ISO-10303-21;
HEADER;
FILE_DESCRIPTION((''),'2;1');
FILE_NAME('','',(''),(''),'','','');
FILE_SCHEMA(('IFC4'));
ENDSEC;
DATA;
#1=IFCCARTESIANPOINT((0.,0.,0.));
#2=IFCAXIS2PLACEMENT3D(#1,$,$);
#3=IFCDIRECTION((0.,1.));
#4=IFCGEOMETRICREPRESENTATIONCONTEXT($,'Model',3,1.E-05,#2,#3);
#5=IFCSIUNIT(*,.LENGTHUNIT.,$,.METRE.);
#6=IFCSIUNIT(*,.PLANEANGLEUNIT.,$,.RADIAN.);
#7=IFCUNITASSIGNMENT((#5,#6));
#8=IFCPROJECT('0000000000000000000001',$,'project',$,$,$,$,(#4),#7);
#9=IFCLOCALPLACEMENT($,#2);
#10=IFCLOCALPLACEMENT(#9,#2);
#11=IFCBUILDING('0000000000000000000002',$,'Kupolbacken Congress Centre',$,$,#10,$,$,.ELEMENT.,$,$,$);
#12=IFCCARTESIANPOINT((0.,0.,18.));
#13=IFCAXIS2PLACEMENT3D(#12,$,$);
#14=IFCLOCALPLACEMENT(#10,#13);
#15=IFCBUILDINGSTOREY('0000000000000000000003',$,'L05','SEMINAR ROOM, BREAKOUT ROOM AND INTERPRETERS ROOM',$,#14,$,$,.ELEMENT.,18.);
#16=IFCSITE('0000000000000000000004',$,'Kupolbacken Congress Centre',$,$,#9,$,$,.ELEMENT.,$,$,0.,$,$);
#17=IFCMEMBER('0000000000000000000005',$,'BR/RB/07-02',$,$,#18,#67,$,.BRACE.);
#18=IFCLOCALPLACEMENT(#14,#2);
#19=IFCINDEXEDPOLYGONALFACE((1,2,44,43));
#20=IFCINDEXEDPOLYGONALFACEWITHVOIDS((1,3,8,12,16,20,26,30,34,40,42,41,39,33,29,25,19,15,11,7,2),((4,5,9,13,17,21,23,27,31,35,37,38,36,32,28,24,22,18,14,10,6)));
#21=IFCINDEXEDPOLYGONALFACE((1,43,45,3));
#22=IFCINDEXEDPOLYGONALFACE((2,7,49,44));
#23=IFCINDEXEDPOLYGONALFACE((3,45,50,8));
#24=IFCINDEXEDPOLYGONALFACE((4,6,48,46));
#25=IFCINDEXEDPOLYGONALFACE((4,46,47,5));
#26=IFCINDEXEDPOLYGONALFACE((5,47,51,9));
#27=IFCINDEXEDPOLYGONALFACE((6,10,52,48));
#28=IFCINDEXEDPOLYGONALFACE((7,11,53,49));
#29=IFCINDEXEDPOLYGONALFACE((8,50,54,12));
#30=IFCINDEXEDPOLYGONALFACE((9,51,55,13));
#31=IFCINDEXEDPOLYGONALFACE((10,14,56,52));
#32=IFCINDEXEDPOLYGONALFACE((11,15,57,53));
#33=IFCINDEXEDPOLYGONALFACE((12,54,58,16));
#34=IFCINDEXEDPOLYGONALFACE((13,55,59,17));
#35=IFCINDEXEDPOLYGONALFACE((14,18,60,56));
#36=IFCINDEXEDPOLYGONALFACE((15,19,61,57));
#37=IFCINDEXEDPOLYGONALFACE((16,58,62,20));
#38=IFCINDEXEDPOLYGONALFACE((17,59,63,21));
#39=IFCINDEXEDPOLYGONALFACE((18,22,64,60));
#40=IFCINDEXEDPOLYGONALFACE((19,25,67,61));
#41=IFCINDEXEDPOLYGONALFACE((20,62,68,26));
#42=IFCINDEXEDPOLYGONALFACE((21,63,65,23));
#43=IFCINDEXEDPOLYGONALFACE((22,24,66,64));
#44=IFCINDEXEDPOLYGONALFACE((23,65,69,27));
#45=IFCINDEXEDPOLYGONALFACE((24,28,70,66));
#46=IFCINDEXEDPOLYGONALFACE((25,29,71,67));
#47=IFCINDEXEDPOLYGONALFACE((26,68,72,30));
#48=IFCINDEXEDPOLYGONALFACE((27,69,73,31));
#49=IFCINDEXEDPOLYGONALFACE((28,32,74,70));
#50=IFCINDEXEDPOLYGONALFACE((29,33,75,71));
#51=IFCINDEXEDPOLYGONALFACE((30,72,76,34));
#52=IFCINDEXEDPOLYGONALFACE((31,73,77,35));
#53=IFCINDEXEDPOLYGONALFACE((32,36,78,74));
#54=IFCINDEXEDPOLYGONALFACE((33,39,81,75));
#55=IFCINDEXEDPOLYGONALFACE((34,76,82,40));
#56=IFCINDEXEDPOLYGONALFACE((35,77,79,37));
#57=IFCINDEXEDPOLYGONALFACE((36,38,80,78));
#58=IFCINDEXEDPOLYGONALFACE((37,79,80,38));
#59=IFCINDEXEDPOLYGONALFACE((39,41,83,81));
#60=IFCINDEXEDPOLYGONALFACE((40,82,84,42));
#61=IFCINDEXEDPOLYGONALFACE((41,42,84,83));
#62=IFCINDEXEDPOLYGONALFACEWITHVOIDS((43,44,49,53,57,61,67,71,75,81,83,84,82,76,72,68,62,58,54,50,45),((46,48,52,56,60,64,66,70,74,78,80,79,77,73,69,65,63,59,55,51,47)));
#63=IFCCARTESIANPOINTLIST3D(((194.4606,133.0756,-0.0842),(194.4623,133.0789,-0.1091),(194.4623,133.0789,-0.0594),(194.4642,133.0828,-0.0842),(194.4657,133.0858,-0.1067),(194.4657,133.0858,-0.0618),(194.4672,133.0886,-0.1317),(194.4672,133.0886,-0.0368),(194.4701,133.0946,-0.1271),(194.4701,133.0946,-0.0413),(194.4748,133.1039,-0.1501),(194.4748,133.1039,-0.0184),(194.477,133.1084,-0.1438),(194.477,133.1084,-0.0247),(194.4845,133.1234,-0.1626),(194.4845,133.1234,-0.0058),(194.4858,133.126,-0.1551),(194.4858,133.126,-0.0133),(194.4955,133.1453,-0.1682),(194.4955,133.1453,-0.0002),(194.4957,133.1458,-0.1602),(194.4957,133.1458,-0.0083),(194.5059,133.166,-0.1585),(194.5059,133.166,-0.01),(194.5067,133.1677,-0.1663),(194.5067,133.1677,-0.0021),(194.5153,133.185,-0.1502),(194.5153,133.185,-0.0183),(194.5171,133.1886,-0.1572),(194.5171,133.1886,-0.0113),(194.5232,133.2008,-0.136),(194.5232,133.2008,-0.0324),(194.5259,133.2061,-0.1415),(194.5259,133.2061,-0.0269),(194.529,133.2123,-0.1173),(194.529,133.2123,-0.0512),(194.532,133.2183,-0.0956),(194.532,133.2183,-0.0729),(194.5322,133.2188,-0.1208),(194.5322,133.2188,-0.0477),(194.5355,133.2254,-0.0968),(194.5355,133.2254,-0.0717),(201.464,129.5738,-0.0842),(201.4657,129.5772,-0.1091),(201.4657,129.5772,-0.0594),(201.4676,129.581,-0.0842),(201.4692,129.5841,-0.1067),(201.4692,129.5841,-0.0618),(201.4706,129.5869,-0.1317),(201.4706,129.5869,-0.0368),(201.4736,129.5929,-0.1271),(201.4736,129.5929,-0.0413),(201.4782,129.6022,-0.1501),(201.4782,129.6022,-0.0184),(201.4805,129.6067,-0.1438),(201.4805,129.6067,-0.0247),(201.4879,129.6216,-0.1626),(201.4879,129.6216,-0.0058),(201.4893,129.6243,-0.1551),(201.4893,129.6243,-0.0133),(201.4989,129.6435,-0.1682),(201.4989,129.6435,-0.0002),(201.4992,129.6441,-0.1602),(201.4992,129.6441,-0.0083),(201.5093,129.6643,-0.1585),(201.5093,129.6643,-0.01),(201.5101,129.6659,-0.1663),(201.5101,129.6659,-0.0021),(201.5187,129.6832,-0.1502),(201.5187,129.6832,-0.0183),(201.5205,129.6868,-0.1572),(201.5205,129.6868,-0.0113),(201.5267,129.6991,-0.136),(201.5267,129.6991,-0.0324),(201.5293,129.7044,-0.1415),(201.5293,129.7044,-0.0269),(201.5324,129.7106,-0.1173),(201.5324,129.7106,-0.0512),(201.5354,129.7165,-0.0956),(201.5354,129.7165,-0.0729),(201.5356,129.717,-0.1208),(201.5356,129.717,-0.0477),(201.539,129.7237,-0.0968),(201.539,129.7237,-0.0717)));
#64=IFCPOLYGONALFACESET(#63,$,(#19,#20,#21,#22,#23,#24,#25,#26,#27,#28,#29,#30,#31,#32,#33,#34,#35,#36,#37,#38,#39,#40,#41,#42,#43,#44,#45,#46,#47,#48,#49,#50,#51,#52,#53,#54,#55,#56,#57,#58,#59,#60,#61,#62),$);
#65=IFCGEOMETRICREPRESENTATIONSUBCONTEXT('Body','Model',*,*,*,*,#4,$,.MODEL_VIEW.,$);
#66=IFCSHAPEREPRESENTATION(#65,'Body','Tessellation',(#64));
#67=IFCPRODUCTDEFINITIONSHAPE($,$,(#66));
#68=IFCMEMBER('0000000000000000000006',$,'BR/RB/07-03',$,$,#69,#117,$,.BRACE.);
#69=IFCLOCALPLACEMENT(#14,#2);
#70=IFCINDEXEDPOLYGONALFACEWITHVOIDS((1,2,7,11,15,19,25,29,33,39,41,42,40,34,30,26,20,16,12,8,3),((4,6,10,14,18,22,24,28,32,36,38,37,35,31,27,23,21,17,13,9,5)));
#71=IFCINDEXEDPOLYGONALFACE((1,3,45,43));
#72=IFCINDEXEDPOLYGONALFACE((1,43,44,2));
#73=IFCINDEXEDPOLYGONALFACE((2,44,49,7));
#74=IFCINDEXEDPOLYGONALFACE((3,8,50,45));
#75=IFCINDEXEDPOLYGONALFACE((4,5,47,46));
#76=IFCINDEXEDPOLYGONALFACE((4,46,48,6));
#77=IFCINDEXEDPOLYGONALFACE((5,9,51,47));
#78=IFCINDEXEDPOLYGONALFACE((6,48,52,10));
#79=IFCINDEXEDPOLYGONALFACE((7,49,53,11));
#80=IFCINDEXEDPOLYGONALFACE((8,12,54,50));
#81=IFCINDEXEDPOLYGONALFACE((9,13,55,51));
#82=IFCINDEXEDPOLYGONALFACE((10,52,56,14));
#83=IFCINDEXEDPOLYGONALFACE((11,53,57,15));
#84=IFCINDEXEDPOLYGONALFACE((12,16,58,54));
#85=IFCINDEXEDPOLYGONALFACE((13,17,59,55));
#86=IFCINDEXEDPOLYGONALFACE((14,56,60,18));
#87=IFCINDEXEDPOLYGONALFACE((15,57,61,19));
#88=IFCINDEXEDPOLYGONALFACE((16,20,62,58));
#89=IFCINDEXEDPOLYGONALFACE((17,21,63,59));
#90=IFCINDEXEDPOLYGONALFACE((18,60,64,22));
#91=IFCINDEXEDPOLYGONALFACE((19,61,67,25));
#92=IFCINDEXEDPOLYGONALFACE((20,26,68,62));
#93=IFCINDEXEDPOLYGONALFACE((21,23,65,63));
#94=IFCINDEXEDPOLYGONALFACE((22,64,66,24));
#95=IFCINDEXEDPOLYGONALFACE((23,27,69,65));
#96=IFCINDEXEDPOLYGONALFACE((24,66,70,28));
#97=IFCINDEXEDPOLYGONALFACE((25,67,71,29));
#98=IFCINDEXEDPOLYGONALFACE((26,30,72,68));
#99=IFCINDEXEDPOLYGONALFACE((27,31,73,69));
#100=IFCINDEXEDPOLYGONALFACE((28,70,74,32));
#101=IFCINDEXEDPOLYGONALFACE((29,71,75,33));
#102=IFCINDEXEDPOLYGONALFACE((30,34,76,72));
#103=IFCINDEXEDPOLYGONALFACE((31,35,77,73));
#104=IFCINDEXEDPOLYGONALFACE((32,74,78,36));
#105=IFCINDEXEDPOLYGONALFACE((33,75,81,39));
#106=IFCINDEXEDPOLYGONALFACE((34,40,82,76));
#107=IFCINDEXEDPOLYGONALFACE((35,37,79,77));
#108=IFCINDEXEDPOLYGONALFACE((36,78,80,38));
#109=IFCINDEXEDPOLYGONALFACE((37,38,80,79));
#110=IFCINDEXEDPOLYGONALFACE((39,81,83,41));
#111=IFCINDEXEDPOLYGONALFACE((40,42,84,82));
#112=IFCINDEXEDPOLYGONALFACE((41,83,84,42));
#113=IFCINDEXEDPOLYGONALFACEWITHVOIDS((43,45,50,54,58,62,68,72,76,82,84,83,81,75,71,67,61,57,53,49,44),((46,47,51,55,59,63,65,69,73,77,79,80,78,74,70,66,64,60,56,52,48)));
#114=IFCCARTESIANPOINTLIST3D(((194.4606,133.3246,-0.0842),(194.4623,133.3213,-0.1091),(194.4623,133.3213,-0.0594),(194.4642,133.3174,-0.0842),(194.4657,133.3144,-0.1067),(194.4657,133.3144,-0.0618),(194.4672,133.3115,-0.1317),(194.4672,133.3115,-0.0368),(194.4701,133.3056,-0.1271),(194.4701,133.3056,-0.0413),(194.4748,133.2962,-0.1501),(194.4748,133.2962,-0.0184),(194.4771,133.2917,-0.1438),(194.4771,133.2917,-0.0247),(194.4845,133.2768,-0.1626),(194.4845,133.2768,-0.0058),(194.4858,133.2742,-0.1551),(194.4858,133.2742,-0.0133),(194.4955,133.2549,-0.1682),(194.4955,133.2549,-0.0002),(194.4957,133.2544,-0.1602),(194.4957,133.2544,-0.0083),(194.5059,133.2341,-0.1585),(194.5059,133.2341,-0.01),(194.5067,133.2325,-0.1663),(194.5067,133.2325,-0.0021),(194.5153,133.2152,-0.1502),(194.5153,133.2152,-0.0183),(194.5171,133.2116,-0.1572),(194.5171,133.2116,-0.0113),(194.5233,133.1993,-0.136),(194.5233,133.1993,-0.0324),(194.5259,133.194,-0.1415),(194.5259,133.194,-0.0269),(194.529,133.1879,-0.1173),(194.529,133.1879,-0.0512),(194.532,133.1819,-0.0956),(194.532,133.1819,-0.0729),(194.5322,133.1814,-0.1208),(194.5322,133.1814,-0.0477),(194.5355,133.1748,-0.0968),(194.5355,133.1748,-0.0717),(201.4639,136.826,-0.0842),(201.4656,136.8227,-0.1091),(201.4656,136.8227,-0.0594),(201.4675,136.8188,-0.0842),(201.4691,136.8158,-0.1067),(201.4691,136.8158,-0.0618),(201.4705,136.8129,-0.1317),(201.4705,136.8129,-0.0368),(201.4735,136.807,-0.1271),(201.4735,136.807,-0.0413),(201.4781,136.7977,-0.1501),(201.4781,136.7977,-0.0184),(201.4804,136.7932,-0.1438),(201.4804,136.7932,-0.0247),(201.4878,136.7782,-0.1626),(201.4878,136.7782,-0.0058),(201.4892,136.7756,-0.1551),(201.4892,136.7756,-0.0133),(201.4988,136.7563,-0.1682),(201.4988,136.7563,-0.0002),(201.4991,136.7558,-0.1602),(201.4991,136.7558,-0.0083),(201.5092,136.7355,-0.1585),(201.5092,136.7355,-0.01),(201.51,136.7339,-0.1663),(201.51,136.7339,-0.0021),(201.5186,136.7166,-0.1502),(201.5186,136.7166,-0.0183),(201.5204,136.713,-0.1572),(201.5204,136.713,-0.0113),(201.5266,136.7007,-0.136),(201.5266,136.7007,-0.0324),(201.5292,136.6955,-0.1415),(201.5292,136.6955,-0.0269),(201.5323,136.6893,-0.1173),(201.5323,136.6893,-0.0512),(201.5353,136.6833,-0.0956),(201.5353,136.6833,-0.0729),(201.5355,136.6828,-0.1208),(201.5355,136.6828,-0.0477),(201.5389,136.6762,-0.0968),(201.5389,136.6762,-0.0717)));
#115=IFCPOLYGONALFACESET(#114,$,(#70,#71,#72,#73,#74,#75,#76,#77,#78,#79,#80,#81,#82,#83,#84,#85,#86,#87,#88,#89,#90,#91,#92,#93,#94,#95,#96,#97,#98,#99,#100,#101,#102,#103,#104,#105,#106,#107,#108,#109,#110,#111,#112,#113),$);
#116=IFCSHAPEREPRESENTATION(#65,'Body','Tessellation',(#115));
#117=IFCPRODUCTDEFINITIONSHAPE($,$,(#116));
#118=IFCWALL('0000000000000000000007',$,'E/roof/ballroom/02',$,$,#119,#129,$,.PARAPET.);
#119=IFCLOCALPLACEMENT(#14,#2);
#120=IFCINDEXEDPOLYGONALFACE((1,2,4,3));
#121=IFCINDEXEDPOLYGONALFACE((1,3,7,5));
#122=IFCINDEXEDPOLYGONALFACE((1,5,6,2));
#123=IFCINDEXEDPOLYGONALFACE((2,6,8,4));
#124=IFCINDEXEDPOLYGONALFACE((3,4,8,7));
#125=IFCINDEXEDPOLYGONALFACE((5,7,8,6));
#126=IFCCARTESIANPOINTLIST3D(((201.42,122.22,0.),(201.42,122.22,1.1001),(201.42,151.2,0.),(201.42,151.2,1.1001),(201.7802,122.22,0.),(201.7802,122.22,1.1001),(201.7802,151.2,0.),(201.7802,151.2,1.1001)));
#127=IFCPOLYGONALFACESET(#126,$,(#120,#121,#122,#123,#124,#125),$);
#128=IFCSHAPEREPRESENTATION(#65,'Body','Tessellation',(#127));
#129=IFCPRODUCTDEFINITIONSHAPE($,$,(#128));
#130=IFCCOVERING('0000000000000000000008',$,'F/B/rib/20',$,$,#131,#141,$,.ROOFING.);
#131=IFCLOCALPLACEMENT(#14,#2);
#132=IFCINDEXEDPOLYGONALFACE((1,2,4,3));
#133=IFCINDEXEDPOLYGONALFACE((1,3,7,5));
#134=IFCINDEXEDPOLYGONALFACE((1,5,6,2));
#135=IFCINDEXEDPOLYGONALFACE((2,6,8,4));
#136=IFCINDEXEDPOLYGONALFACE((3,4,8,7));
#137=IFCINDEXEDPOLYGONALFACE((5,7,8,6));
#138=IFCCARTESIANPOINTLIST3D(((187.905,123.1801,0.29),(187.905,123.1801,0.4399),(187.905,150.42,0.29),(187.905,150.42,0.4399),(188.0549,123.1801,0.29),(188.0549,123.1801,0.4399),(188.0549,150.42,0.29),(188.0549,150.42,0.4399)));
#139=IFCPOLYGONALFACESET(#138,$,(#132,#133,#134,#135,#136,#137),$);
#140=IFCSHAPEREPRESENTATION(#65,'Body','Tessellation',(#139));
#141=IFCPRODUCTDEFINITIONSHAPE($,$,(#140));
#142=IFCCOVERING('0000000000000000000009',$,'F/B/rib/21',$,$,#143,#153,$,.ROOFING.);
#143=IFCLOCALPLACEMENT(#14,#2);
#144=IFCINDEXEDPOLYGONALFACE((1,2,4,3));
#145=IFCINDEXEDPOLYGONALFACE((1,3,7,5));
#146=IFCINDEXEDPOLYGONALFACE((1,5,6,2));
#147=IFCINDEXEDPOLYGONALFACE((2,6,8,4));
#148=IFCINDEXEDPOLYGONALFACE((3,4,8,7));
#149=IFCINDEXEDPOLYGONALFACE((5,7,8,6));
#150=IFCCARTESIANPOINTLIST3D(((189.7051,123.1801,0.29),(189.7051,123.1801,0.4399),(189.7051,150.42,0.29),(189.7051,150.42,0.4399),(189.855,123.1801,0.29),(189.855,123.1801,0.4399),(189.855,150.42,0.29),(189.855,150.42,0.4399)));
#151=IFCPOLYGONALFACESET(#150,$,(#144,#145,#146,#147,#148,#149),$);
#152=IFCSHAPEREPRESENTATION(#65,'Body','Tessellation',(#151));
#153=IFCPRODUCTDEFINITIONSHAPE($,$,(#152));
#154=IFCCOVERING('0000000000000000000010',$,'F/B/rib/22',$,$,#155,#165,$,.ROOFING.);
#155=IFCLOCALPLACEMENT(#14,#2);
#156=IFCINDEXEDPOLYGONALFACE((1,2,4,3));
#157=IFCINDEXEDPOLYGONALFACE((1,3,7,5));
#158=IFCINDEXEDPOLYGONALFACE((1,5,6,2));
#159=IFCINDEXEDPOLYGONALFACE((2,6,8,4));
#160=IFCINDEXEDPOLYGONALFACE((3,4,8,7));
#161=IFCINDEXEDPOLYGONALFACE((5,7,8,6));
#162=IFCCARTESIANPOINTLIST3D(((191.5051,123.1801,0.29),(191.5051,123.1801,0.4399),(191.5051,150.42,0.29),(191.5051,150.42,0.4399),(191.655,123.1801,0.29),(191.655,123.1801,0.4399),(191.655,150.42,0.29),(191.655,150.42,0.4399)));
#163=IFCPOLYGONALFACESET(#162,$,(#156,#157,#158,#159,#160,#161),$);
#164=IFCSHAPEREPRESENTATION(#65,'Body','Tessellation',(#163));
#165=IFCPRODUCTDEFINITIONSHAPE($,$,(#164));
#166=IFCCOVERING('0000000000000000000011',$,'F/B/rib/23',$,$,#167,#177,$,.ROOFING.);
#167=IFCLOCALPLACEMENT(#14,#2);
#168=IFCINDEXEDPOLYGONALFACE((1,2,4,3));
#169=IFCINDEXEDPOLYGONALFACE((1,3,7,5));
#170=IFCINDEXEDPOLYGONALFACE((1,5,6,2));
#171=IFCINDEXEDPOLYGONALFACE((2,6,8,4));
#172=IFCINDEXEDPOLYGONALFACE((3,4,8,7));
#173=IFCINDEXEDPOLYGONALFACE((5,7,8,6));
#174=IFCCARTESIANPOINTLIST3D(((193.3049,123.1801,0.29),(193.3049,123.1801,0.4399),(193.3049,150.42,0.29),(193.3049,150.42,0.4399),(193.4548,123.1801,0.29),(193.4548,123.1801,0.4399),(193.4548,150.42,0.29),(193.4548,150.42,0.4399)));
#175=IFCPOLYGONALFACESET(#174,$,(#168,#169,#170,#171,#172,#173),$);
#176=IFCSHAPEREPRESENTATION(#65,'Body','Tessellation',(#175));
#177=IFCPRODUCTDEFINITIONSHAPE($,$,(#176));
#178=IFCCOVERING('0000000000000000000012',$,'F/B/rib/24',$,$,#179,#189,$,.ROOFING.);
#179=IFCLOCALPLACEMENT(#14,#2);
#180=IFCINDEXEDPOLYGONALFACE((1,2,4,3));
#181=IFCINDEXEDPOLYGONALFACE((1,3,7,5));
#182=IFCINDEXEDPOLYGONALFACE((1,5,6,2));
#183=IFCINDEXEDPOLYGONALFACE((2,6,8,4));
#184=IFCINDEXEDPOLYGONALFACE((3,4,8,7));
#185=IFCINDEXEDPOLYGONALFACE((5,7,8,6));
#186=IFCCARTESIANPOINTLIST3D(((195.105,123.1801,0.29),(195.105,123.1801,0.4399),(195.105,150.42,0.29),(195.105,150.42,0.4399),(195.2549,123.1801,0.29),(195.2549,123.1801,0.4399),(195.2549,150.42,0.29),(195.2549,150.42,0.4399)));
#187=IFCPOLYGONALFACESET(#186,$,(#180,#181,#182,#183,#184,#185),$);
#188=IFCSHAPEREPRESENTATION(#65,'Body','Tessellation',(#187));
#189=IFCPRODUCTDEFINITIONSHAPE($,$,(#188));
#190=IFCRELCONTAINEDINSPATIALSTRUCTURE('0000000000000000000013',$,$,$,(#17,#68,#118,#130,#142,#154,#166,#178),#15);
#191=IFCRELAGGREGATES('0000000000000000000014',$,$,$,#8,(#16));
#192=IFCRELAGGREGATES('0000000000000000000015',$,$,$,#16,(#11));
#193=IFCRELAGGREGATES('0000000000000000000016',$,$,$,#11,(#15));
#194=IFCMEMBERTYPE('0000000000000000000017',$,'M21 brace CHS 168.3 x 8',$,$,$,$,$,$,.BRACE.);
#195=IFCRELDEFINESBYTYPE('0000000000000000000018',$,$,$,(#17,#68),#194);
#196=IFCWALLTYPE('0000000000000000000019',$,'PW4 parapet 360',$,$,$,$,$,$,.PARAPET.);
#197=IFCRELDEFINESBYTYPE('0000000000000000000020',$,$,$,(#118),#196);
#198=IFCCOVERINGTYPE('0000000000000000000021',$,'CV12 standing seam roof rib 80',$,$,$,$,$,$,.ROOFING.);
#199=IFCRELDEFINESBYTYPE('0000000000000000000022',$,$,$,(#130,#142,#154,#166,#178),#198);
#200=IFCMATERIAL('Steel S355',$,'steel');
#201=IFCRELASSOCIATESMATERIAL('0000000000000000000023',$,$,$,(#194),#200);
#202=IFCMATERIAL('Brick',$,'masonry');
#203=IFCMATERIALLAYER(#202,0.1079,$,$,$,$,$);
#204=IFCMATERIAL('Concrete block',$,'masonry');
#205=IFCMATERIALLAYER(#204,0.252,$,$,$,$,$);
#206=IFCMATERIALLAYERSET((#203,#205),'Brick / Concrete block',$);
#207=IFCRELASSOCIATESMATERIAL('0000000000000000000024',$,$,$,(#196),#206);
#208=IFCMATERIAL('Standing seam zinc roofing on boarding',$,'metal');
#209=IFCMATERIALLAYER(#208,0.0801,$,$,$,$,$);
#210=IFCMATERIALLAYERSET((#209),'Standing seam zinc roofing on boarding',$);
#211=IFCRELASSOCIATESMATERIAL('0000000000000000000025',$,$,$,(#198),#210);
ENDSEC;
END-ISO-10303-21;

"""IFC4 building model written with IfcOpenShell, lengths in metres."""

from ifc_helpers import new_model, si_unit, direction, frame, frame_2d, origin, origin_2d, place, context, subcontext, project, spatial, rectangle, hollow_circle, extrude, material, layer, layer_set, material_profile, profile_set, type_object, element, save


model = new_model("IFC4")

# Units and contexts
model_context = context("Model", 3, precision=1e-05, world=origin(), true_north=direction((0.0, 1.0)))
body_context = subcontext(model_context, "Body", "Model", "MODEL_VIEW")
ifc_project = project(units=[si_unit("LENGTHUNIT", "METRE"), si_unit("PLANEANGLEUNIT", "RADIAN")], contexts=[model_context])

# Site, building, storey
site_placement = place(None, origin())
site = spatial("IfcSite", under=ifc_project, at=site_placement, Name="Kupolbacken Congress Centre", CompositionType="ELEMENT", RefElevation=0.0)
building_placement = place(site_placement, origin())
building = spatial("IfcBuilding", under=site, at=building_placement, Name="Kupolbacken Congress Centre", CompositionType="ELEMENT")
storey_placement = place(building_placement, frame((0.0, 0.0, 18.0)))
storey = spatial("IfcBuildingStorey", under=building, at=storey_placement, Name="L05", Description="SEMINAR ROOM, BREAKOUT ROOM AND INTERPRETERS ROOM", CompositionType="ELEMENT", Elevation=18.0)

# Members
ifc_material_1 = material(Name="Steel S355", Category="steel")
ifc_material_profile_1 = material_profile(ifc_material_1, hollow_circle(Radius=0.0842, WallThickness=0.0081, at=origin_2d()), Name="CHS 168.3 x 8")
ifc_profile_set_1 = profile_set([ifc_material_profile_1], Name="Steel S355")
member_type_1 = type_object("IfcMemberType", Name="M21 brace CHS 168.3 x 8", PredefinedType="BRACE", material=ifc_profile_set_1)
for number, where, z_axis, x_axis, name in (
    (1, (201.5017, 129.6492, -0.0842), (-0.894427, 0.447214, 0.0), (-0.447214, -0.894427, 0.0), "BR/RB/07-02"),
):
    element("IfcMember", number, at=place(storey_placement, frame(where, z_axis=z_axis, x_axis=x_axis)), inside=storey, type_object=member_type_1, Name=name, PredefinedType="BRACE", context=body_context, shape_type="SweptSolid", body=[
        extrude(hollow_circle(Radius=0.0842, WallThickness=0.0081, at=origin_2d()), origin(), (0.0, 0.0, 1.0), 7.8301),
    ])
member_placement = place(storey_placement, frame((194.4983, 133.2493, -0.0842), z_axis=(0.89444, 0.447189, 0.0), x_axis=(-0.447189, 0.89444, 0.0)))
element("IfcMember", 2, at=member_placement, inside=storey, type_object=member_type_1, Name="BR/RB/07-03", PredefinedType="BRACE", context=body_context, shape_type="SweptSolid", body=[
    extrude(hollow_circle(Radius=0.0842, WallThickness=0.0081, at=origin_2d()), origin(), (0.0, 0.0, 1.0), 7.8298),
])

# Wall
ifc_material_2 = material(Name="Brick", Category="masonry")
ifc_layer_1 = layer(ifc_material_2, 0.1079)
ifc_material_3 = material(Name="Concrete block", Category="masonry")
ifc_layer_2 = layer(ifc_material_3, 0.252)
ifc_layer_set_1 = layer_set([ifc_layer_1, ifc_layer_2], Name="Brick / Concrete block")
wall_type = type_object("IfcWallType", Name="PW4 parapet 360", PredefinedType="PARAPET", material=ifc_layer_set_1)
wall_placement = place(storey_placement, frame((201.6001, 122.22, 0.0), z_axis=(0.0, 0.0, 1.0), x_axis=(0.0, 1.0, 0.0)))
element("IfcWall", 3, at=wall_placement, inside=storey, type_object=wall_type, Name="E/roof/ballroom/02", PredefinedType="PARAPET", context=body_context, shape_type="SweptSolid", body=[
    extrude(rectangle(XDim=28.98, YDim=0.3601, at=frame_2d((14.49, 0.0))), origin(), (0.0, 0.0, 1.0), 1.1001),
])

# Coverings
ifc_material_4 = material(Name="Standing seam zinc roofing on boarding", Category="metal")
ifc_layer_3 = layer(ifc_material_4, 0.0801)
ifc_layer_set_2 = layer_set([ifc_layer_3], Name="Standing seam zinc roofing on boarding")
covering_type = type_object("IfcCoveringType", Name="CV12 standing seam roof rib 80", PredefinedType="ROOFING", material=ifc_layer_set_2)
for number, where, z_axis, x_axis, name in (
    (4, (187.98, 136.8, 0.29), (0.0, 0.0, 1.0), (0.0, 1.0, 0.0), "F/B/rib/20"),
    (5, (189.78, 136.8, 0.29), (0.0, 0.0, 1.0), (0.0, 1.0, 0.0), "F/B/rib/21"),
    (6, (191.5801, 136.8, 0.29), (0.0, 0.0, 1.0), (0.0, 1.0, 0.0), "F/B/rib/22"),
    (7, (193.3799, 136.8, 0.29), (0.0, 0.0, 1.0), (0.0, 1.0, 0.0), "F/B/rib/23"),
    (8, (195.1799, 136.8, 0.29), (0.0, 0.0, 1.0), (0.0, 1.0, 0.0), "F/B/rib/24"),
):
    element("IfcCovering", number, at=place(storey_placement, frame(where, z_axis=z_axis, x_axis=x_axis)), inside=storey, type_object=covering_type, Name=name, PredefinedType="ROOFING", context=body_context, shape_type="SweptSolid", body=[
        extrude(rectangle(XDim=27.24, YDim=0.1499, at=origin_2d()), origin(), (0.0, 0.0, 1.0), 0.1499),
    ])

save(model, "model.ifc")
